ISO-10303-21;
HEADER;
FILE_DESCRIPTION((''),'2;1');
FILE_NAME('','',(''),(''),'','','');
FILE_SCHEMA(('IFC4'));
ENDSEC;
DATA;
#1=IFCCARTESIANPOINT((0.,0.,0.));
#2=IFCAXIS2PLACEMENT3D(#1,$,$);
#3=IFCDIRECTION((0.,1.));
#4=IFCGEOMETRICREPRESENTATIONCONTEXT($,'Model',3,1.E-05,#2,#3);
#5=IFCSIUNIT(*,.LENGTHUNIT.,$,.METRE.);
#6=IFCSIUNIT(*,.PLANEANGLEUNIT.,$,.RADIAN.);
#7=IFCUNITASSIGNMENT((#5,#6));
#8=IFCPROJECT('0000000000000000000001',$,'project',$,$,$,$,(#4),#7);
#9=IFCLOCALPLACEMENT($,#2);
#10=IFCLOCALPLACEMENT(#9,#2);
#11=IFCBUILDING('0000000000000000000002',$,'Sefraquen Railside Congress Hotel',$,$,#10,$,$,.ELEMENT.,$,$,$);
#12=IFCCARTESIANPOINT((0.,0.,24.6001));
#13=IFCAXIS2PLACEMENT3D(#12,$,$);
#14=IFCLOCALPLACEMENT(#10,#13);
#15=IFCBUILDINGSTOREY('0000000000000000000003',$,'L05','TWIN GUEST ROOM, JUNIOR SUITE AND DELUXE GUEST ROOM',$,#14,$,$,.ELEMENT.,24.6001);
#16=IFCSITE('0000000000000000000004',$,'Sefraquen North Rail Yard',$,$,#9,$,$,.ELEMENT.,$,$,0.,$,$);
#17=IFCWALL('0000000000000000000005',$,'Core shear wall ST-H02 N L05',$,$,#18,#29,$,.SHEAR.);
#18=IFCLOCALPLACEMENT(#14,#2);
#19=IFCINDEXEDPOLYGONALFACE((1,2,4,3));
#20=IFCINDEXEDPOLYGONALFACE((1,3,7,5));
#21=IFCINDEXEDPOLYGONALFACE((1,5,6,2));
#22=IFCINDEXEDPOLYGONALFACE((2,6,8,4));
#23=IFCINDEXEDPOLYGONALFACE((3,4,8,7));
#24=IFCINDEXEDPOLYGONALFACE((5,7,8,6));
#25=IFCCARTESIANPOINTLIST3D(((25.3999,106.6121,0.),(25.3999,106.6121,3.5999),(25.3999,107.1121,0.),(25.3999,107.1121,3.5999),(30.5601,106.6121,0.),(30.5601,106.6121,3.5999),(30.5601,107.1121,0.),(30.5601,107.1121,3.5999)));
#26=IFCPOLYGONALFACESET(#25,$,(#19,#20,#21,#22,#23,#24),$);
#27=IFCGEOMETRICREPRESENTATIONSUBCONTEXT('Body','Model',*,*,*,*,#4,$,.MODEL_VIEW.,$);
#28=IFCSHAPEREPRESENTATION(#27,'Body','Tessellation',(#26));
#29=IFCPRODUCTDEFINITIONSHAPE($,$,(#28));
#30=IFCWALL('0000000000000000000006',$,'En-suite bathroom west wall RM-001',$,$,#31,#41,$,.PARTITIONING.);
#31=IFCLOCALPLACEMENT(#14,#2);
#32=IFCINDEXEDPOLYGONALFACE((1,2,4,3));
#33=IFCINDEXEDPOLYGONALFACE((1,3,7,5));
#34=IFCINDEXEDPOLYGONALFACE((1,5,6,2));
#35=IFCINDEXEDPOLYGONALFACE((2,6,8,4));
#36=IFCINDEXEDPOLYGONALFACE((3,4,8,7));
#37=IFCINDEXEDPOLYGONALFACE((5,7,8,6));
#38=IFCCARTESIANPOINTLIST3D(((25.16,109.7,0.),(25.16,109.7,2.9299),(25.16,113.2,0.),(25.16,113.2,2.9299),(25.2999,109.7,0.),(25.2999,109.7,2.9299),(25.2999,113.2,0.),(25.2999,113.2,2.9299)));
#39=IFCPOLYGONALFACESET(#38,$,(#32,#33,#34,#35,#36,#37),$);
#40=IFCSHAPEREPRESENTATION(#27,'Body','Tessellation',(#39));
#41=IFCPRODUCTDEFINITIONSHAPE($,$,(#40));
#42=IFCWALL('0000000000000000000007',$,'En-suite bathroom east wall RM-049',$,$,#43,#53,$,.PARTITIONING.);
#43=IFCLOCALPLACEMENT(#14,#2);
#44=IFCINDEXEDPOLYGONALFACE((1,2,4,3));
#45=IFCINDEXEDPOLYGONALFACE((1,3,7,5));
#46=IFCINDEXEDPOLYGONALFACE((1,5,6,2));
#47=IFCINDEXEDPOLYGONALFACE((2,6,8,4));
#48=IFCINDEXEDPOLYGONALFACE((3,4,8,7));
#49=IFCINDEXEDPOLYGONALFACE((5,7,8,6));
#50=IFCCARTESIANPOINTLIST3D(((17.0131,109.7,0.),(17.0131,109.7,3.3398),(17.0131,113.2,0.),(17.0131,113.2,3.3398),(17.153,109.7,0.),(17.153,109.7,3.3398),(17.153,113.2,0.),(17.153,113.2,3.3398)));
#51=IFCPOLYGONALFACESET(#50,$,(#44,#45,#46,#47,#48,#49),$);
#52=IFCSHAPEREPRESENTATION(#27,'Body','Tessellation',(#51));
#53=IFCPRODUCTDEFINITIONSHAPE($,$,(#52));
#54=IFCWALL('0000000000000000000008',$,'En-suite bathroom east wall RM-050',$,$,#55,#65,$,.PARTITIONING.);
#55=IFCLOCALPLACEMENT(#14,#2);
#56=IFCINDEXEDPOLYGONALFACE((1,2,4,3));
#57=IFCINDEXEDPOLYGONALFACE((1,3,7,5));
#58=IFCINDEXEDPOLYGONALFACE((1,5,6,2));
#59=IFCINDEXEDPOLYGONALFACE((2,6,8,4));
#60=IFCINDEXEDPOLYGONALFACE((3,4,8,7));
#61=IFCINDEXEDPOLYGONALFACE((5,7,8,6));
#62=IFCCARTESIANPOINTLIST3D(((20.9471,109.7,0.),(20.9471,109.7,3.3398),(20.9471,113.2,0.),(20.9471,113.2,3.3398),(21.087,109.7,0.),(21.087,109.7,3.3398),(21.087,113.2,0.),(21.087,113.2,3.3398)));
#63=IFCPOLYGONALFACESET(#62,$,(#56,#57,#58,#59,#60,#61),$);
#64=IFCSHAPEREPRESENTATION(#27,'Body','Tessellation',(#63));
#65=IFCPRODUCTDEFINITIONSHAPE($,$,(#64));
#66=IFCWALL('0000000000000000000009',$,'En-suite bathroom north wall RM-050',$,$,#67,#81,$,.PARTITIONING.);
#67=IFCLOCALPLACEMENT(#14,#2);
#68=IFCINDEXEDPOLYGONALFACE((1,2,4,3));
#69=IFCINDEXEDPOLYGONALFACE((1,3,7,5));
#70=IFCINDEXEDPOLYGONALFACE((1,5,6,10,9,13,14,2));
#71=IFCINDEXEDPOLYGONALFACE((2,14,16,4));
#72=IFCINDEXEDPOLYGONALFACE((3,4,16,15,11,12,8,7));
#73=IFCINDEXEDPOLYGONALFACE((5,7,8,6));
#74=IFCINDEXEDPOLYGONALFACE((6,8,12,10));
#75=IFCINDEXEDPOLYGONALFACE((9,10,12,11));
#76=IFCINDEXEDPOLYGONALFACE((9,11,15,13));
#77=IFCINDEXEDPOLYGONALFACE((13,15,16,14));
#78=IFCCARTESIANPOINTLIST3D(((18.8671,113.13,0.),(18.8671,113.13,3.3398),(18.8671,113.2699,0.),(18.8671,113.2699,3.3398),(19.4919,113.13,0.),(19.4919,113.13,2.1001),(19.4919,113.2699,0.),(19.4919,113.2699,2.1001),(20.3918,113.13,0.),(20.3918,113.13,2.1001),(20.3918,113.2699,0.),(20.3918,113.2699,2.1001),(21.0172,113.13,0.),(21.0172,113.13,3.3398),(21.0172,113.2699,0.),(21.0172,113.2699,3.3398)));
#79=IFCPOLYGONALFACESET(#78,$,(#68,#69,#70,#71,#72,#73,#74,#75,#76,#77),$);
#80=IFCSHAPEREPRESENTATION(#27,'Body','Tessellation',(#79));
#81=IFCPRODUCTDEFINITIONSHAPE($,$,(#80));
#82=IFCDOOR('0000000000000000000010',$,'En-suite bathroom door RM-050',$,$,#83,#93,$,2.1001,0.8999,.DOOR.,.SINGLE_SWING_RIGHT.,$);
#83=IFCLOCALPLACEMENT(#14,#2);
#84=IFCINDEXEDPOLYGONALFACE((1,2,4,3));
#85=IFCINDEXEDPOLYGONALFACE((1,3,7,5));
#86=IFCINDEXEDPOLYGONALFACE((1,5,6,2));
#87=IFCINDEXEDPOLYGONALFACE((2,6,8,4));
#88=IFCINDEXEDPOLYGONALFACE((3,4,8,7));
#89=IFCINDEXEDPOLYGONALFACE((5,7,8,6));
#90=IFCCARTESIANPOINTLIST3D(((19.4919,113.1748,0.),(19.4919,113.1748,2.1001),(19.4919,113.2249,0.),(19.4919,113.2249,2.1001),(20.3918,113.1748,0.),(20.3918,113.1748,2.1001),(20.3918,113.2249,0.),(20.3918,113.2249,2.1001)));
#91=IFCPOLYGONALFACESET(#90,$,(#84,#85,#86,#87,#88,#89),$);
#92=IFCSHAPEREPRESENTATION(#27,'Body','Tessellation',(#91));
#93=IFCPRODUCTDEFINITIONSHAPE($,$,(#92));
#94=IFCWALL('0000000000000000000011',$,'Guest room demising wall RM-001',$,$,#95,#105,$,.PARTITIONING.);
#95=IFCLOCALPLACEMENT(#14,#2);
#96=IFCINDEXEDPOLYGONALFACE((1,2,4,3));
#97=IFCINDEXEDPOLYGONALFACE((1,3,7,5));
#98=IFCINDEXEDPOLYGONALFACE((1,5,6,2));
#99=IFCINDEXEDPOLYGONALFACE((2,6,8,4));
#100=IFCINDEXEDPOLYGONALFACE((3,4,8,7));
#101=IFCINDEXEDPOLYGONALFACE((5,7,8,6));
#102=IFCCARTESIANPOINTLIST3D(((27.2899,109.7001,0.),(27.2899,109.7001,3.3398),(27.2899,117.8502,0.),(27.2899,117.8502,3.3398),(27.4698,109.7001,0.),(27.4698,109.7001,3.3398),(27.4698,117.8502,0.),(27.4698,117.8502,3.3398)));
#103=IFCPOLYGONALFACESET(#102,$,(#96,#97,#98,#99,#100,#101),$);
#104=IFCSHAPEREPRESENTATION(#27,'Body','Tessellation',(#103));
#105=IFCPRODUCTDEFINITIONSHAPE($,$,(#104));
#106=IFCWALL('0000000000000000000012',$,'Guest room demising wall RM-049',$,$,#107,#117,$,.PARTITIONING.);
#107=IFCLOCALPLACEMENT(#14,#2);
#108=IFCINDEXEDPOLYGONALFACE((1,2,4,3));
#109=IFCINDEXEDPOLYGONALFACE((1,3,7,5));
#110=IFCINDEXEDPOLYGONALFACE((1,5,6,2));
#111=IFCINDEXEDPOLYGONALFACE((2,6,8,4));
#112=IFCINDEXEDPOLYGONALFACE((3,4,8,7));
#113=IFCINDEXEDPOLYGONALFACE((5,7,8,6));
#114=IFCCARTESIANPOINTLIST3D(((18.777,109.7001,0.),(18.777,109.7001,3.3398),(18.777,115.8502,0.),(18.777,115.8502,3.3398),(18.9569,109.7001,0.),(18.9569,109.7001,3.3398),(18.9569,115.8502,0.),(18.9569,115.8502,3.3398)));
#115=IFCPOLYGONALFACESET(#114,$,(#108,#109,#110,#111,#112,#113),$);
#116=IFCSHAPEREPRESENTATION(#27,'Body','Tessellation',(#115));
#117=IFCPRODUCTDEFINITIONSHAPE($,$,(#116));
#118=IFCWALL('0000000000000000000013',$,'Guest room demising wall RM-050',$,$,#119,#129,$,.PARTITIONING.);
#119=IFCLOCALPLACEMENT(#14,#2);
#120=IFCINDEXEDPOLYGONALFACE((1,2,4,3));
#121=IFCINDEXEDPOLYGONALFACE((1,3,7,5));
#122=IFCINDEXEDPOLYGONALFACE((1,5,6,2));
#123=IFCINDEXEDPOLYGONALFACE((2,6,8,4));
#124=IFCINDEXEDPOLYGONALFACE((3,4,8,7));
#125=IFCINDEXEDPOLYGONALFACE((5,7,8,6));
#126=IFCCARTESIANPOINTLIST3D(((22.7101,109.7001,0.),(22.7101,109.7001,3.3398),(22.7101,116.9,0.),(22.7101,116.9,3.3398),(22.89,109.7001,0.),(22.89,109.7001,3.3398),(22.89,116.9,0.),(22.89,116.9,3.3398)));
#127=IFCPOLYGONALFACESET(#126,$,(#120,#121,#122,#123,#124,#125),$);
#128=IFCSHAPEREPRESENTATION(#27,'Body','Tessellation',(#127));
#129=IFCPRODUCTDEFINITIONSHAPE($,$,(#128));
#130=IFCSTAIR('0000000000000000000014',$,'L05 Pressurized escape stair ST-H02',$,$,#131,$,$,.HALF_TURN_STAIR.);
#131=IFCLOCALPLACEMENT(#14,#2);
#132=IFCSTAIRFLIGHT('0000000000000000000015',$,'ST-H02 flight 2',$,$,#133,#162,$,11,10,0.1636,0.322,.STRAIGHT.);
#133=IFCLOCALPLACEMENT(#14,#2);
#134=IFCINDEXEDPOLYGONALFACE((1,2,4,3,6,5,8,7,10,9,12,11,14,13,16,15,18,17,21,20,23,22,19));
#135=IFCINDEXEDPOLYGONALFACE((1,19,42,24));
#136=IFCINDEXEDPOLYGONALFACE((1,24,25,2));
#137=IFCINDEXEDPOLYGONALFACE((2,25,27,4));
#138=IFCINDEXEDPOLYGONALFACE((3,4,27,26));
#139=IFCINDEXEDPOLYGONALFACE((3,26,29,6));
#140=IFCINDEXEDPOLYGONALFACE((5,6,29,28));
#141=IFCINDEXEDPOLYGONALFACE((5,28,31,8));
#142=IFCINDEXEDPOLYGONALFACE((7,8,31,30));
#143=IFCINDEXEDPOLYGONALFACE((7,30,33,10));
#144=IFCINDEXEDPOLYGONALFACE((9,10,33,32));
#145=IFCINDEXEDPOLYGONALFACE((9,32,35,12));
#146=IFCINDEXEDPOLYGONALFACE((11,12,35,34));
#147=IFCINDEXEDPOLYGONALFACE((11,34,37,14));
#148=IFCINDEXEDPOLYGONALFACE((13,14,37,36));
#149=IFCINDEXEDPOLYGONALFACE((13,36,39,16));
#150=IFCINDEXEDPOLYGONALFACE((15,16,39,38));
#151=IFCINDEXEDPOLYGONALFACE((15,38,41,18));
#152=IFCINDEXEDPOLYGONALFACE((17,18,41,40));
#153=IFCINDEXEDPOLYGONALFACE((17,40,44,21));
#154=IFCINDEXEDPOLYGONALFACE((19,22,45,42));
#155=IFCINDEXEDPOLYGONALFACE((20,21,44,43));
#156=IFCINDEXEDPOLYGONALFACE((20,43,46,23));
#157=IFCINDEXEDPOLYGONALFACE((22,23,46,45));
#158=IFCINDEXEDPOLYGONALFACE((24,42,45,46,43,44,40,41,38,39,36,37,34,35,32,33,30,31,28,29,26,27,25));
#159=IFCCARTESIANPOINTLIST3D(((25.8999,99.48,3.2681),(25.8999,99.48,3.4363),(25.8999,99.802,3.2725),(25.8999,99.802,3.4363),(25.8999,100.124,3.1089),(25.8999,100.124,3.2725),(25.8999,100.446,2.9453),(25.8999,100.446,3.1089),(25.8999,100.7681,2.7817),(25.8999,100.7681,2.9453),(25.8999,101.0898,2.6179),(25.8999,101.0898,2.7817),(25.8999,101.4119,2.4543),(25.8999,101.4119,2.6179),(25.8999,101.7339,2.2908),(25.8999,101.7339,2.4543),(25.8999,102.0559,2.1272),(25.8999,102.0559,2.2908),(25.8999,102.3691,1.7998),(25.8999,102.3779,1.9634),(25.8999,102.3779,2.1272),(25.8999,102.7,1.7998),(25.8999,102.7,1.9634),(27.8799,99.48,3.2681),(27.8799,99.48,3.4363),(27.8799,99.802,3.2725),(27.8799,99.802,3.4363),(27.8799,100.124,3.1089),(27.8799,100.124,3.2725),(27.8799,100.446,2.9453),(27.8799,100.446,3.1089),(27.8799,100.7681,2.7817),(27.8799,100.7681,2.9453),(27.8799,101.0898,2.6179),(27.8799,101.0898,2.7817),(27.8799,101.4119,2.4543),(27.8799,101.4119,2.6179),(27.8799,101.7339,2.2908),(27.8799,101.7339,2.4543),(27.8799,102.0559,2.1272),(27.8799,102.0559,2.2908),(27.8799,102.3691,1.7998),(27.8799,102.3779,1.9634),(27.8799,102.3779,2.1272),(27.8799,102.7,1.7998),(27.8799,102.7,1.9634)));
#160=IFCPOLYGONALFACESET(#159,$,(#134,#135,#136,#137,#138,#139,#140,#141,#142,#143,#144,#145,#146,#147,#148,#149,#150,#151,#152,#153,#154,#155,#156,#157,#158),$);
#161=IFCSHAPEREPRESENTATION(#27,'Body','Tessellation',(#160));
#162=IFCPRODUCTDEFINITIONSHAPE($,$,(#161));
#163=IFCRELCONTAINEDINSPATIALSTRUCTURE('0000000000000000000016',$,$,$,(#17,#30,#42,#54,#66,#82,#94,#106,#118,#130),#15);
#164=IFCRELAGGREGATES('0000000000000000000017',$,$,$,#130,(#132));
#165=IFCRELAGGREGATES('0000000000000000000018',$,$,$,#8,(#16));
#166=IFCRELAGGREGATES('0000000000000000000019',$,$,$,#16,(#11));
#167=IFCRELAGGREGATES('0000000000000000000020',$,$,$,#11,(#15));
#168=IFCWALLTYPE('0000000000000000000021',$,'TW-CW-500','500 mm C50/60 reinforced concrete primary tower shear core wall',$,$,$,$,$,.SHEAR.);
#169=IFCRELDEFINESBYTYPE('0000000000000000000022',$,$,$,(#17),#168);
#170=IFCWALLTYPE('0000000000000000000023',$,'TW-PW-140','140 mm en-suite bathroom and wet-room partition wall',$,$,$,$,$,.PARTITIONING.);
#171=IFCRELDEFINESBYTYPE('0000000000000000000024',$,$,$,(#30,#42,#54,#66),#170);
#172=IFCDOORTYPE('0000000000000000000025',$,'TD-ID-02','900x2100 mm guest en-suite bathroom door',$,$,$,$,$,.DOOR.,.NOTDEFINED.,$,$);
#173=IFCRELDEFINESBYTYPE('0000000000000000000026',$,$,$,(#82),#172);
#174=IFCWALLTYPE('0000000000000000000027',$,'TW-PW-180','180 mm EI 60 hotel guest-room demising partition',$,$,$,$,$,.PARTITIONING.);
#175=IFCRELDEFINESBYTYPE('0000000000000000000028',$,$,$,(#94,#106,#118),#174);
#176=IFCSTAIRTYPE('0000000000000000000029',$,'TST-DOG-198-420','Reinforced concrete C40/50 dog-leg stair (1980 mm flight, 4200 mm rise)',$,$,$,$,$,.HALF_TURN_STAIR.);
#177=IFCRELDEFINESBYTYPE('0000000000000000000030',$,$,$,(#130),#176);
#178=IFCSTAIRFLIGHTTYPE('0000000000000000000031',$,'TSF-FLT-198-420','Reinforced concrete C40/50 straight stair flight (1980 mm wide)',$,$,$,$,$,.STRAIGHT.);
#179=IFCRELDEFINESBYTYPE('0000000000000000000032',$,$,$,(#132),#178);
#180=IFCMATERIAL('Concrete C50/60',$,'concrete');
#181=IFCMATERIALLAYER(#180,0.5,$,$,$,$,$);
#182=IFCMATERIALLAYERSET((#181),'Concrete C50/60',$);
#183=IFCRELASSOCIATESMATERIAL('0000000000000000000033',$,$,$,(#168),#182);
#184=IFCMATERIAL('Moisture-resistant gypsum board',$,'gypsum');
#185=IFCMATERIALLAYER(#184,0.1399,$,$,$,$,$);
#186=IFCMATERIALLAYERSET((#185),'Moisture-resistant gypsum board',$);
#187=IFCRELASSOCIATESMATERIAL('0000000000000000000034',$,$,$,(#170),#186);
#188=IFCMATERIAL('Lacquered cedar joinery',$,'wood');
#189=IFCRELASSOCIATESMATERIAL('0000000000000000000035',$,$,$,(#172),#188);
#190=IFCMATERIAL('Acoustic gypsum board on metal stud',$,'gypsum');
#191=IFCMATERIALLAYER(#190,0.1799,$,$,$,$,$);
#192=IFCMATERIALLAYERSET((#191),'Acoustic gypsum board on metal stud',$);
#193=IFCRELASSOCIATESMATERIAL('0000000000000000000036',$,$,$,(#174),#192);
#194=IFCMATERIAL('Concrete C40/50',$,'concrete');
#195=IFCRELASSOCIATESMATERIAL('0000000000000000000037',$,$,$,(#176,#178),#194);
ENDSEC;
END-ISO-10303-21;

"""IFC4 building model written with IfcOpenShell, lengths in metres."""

from ifc_helpers import new_model, si_unit, direction, frame, frame_2d, origin, place, context, subcontext, project, spatial, polyline, rectangle, outline, extrude, material, layer, layer_set, type_object, element, fill, aggregate, save


model = new_model("IFC4")

# Units and contexts
model_context = context("Model", 3, precision=1e-05, world=origin(), true_north=direction((0.0, 1.0)))
body_context = subcontext(model_context, "Body", "Model", "MODEL_VIEW")
ifc_project = project(units=[si_unit("LENGTHUNIT", "METRE"), si_unit("PLANEANGLEUNIT", "RADIAN")], contexts=[model_context])

# Site, building, storey
site_placement = place(None, origin())
site = spatial("IfcSite", under=ifc_project, at=site_placement, Name="Sefraquen North Rail Yard", CompositionType="ELEMENT", RefElevation=0.0)
building_placement = place(site_placement, origin())
building = spatial("IfcBuilding", under=site, at=building_placement, Name="Sefraquen Railside Congress Hotel", CompositionType="ELEMENT")
storey_placement = place(building_placement, frame((0.0, 0.0, 24.6001)))
storey = spatial("IfcBuildingStorey", under=building, at=storey_placement, Name="L05", Description="TWIN GUEST ROOM, JUNIOR SUITE AND DELUXE GUEST ROOM", CompositionType="ELEMENT", Elevation=24.6001)

# Walls
ifc_material_1 = material(Name="Concrete C50/60", Category="concrete")
ifc_layer_1 = layer(ifc_material_1, 0.5)
ifc_layer_set_1 = layer_set([ifc_layer_1], Name="Concrete C50/60")
wall_type_1 = type_object("IfcWallType", Name="TW-CW-500", Description="500 mm C50/60 reinforced concrete primary tower shear core wall", PredefinedType="SHEAR", material=ifc_layer_set_1)
wall_1_placement = place(storey_placement, frame((25.3999, 106.8621, 0.0), z_axis=(0.0, 0.0, 1.0), x_axis=(1.0, 0.0, 0.0)))
element("IfcWall", 1, at=wall_1_placement, inside=storey, type_object=wall_type_1, Name="Core shear wall ST-H02 N L05", PredefinedType="SHEAR", context=body_context, shape_type="SweptSolid", body=[
    extrude(rectangle(XDim=5.1602, YDim=0.5, at=frame_2d((2.5801, 0.0))), origin(), (0.0, 0.0, 1.0), 3.5999),
])
ifc_material_2 = material(Name="Moisture-resistant gypsum board", Category="gypsum")
ifc_layer_2 = layer(ifc_material_2, 0.1399)
ifc_layer_set_2 = layer_set([ifc_layer_2], Name="Moisture-resistant gypsum board")
wall_type_2 = type_object("IfcWallType", Name="TW-PW-140", Description="140 mm en-suite bathroom and wet-room partition wall", PredefinedType="PARTITIONING", material=ifc_layer_set_2)
wall_2_placement = place(storey_placement, frame((25.23, 109.7, 0.0), z_axis=(0.0, 0.0, 1.0), x_axis=(0.0, 1.0, 0.0)))
element("IfcWall", 2, at=wall_2_placement, inside=storey, type_object=wall_type_2, Name="En-suite bathroom west wall RM-001", PredefinedType="PARTITIONING", context=body_context, shape_type="SweptSolid", body=[
    extrude(rectangle(XDim=3.5, YDim=0.1399, at=frame_2d((1.75, 0.0))), origin(), (0.0, 0.0, 1.0), 2.9299),
])

# Shared definitions
ifc_material_3 = material(Name="Lacquered cedar joinery", Category="wood")

# Walls
for number, where, z_axis, x_axis, name in (
    (3, (17.083, 109.7, 0.0), (0.0, 0.0, 1.0), (0.0, 1.0, 0.0), "En-suite bathroom east wall RM-049"),
    (4, (21.0171, 109.7, 0.0), (0.0, 0.0, 1.0), (0.0, 1.0, 0.0), "En-suite bathroom east wall RM-050"),
):
    element("IfcWall", number, at=place(storey_placement, frame(where, z_axis=z_axis, x_axis=x_axis)), inside=storey, type_object=wall_type_2, Name=name, PredefinedType="PARTITIONING", context=body_context, shape_type="SweptSolid", body=[
        extrude(rectangle(XDim=3.5, YDim=0.1399, at=frame_2d((1.75, 0.0))), origin(), (0.0, 0.0, 1.0), 3.3398),
    ])

# Wall, opening, door
wall_3_placement = place(storey_placement, frame((18.8669, 113.2, 0.0), z_axis=(0.0, 0.0, 1.0), x_axis=(1.0, 0.0, 0.0)))
wall_3 = element("IfcWall", 5, at=wall_3_placement, inside=storey, type_object=wall_type_2, Name="En-suite bathroom north wall RM-050", PredefinedType="PARTITIONING", context=body_context, shape_type="SweptSolid", body=[
    extrude(rectangle(XDim=2.1501, YDim=0.1399, at=frame_2d((1.0752, 0.0))), origin(), (0.0, 0.0, 1.0), 3.3398),
])
opening_1_placement = place(wall_3_placement, frame((0.625, 0.0, 0.0)))
opening_1 = element("IfcOpeningElement", 6, at=opening_1_placement, cuts=wall_3, PredefinedType="OPENING", context=body_context, shape_type="SweptSolid", body=[
    extrude(rectangle(XDim=0.8999, YDim=2.1001, at=frame_2d((0.45, 1.05))), frame((0.0, 0.0798, 0.0), z_axis=(0.0, -1.0, 0.0), x_axis=(1.0, 0.0, 0.0)), (0.0, 0.0, 1.0), 0.1599),
])
door_type_1 = type_object("IfcDoorType", Name="TD-ID-02", Description="900x2100 mm guest en-suite bathroom door", OperationType="NOTDEFINED", PredefinedType="DOOR", material=ifc_material_3)
door_1_placement = place(opening_1_placement, origin())
door_1 = element("IfcDoor", 7, at=door_1_placement, inside=storey, type_object=door_type_1, Name="En-suite bathroom door RM-050", OperationType="SINGLE_SWING_RIGHT", OverallHeight=2.1001, OverallWidth=0.8999, PredefinedType="DOOR", context=body_context, shape_type="SweptSolid", body=[
    extrude(rectangle(XDim=0.8999, YDim=2.1001, at=frame_2d((0.45, 1.05))), frame((0.0, 0.0249, 0.0), z_axis=(0.0, -1.0, 0.0), x_axis=(1.0, 0.0, 0.0)), (0.0, 0.0, 1.0), 0.05),
])
fill(opening_1, door_1)

# Walls
ifc_material_4 = material(Name="Acoustic gypsum board on metal stud", Category="gypsum")
ifc_layer_3 = layer(ifc_material_4, 0.1799)
ifc_layer_set_3 = layer_set([ifc_layer_3], Name="Acoustic gypsum board on metal stud")
wall_type_3 = type_object("IfcWallType", Name="TW-PW-180", Description="180 mm EI 60 hotel guest-room demising partition", PredefinedType="PARTITIONING", material=ifc_layer_set_3)
wall_4_placement = place(storey_placement, frame((27.3799, 109.7, 0.0), z_axis=(0.0, 0.0, 1.0), x_axis=(0.0, 1.0, 0.0)))
element("IfcWall", 8, at=wall_4_placement, inside=storey, type_object=wall_type_3, Name="Guest room demising wall RM-001", PredefinedType="PARTITIONING", context=body_context, shape_type="SweptSolid", body=[
    extrude(rectangle(XDim=8.1501, YDim=0.1799, at=frame_2d((4.0752, 0.0))), origin(), (0.0, 0.0, 1.0), 3.3398),
])
wall_5_placement = place(storey_placement, frame((18.8669, 109.7, 0.0), z_axis=(0.0, 0.0, 1.0), x_axis=(0.0, 1.0, 0.0)))
element("IfcWall", 9, at=wall_5_placement, inside=storey, type_object=wall_type_3, Name="Guest room demising wall RM-049", PredefinedType="PARTITIONING", context=body_context, shape_type="SweptSolid", body=[
    extrude(rectangle(XDim=6.1501, YDim=0.1799, at=frame_2d((3.0752, 0.0))), origin(), (0.0, 0.0, 1.0), 3.3398),
])
wall_6_placement = place(storey_placement, frame((22.8, 109.7, 0.0), z_axis=(0.0, 0.0, 1.0), x_axis=(0.0, 1.0, 0.0)))
element("IfcWall", 10, at=wall_6_placement, inside=storey, type_object=wall_type_3, Name="Guest room demising wall RM-050", PredefinedType="PARTITIONING", context=body_context, shape_type="SweptSolid", body=[
    extrude(rectangle(XDim=7.2, YDim=0.1799, at=frame_2d((3.6001, 0.0))), origin(), (0.0, 0.0, 1.0), 3.3398),
])

# Stair, stair flight
ifc_material_5 = material(Name="Concrete C40/50", Category="concrete")
stair_type = type_object("IfcStairType", Name="TST-DOG-198-420", Description="Reinforced concrete C40/50 dog-leg stair (1980 mm flight, 4200 mm rise)", PredefinedType="HALF_TURN_STAIR", material=ifc_material_5)
stair_placement = place(storey_placement, origin())
stair = element("IfcStair", 11, at=stair_placement, inside=storey, type_object=stair_type, Name="L05 Pressurized escape stair ST-H02", PredefinedType="HALF_TURN_STAIR")
stair_flight_type = type_object("IfcStairFlightType", Name="TSF-FLT-198-420", Description="Reinforced concrete C40/50 straight stair flight (1980 mm wide)", PredefinedType="STRAIGHT", material=ifc_material_5)
stair_flight_placement = place(storey_placement, frame((26.8899, 102.7, 1.7998), z_axis=(0.0, 0.0, 1.0), x_axis=(0.0, -1.0, 0.0)))
stair_flight = element("IfcStairFlight", 12, at=stair_flight_placement, type_object=stair_flight_type, Name="ST-H02 flight 2", NumberOfRisers=11, NumberOfTreads=10, PredefinedType="STRAIGHT", RiserHeight=0.1636, TreadLength=0.322, context=body_context, shape_type="SweptSolid", body=[
    extrude(outline(polyline([(0.0, 0.0), (0.0, 0.1636), (0.322, 0.1636), (0.322, 0.3274), (0.644, 0.3274), (0.644, 0.491), (0.9661, 0.491), (0.9661, 0.6545), (1.2881, 0.6545), (1.2881, 0.8181), (1.6101, 0.8181), (1.6101, 0.9819), (1.9319, 0.9819), (1.9319, 1.1455), (2.2539, 1.1455), (2.2539, 1.3091), (2.5759, 1.3091), (2.5759, 1.4727), (2.8979, 1.4727), (2.8979, 1.6365), (3.22, 1.6365), (3.22, 1.8), (3.22, 1.4683), (0.3308, 0.0), (0.0, 0.0)])), frame((0.0, 0.99, 0.0), z_axis=(0.0, -1.0, 0.0), x_axis=(1.0, 0.0, 0.0)), (0.0, 0.0, 1.0), 1.98),
])
aggregate(stair, [stair_flight])

save(model, "model.ifc")
